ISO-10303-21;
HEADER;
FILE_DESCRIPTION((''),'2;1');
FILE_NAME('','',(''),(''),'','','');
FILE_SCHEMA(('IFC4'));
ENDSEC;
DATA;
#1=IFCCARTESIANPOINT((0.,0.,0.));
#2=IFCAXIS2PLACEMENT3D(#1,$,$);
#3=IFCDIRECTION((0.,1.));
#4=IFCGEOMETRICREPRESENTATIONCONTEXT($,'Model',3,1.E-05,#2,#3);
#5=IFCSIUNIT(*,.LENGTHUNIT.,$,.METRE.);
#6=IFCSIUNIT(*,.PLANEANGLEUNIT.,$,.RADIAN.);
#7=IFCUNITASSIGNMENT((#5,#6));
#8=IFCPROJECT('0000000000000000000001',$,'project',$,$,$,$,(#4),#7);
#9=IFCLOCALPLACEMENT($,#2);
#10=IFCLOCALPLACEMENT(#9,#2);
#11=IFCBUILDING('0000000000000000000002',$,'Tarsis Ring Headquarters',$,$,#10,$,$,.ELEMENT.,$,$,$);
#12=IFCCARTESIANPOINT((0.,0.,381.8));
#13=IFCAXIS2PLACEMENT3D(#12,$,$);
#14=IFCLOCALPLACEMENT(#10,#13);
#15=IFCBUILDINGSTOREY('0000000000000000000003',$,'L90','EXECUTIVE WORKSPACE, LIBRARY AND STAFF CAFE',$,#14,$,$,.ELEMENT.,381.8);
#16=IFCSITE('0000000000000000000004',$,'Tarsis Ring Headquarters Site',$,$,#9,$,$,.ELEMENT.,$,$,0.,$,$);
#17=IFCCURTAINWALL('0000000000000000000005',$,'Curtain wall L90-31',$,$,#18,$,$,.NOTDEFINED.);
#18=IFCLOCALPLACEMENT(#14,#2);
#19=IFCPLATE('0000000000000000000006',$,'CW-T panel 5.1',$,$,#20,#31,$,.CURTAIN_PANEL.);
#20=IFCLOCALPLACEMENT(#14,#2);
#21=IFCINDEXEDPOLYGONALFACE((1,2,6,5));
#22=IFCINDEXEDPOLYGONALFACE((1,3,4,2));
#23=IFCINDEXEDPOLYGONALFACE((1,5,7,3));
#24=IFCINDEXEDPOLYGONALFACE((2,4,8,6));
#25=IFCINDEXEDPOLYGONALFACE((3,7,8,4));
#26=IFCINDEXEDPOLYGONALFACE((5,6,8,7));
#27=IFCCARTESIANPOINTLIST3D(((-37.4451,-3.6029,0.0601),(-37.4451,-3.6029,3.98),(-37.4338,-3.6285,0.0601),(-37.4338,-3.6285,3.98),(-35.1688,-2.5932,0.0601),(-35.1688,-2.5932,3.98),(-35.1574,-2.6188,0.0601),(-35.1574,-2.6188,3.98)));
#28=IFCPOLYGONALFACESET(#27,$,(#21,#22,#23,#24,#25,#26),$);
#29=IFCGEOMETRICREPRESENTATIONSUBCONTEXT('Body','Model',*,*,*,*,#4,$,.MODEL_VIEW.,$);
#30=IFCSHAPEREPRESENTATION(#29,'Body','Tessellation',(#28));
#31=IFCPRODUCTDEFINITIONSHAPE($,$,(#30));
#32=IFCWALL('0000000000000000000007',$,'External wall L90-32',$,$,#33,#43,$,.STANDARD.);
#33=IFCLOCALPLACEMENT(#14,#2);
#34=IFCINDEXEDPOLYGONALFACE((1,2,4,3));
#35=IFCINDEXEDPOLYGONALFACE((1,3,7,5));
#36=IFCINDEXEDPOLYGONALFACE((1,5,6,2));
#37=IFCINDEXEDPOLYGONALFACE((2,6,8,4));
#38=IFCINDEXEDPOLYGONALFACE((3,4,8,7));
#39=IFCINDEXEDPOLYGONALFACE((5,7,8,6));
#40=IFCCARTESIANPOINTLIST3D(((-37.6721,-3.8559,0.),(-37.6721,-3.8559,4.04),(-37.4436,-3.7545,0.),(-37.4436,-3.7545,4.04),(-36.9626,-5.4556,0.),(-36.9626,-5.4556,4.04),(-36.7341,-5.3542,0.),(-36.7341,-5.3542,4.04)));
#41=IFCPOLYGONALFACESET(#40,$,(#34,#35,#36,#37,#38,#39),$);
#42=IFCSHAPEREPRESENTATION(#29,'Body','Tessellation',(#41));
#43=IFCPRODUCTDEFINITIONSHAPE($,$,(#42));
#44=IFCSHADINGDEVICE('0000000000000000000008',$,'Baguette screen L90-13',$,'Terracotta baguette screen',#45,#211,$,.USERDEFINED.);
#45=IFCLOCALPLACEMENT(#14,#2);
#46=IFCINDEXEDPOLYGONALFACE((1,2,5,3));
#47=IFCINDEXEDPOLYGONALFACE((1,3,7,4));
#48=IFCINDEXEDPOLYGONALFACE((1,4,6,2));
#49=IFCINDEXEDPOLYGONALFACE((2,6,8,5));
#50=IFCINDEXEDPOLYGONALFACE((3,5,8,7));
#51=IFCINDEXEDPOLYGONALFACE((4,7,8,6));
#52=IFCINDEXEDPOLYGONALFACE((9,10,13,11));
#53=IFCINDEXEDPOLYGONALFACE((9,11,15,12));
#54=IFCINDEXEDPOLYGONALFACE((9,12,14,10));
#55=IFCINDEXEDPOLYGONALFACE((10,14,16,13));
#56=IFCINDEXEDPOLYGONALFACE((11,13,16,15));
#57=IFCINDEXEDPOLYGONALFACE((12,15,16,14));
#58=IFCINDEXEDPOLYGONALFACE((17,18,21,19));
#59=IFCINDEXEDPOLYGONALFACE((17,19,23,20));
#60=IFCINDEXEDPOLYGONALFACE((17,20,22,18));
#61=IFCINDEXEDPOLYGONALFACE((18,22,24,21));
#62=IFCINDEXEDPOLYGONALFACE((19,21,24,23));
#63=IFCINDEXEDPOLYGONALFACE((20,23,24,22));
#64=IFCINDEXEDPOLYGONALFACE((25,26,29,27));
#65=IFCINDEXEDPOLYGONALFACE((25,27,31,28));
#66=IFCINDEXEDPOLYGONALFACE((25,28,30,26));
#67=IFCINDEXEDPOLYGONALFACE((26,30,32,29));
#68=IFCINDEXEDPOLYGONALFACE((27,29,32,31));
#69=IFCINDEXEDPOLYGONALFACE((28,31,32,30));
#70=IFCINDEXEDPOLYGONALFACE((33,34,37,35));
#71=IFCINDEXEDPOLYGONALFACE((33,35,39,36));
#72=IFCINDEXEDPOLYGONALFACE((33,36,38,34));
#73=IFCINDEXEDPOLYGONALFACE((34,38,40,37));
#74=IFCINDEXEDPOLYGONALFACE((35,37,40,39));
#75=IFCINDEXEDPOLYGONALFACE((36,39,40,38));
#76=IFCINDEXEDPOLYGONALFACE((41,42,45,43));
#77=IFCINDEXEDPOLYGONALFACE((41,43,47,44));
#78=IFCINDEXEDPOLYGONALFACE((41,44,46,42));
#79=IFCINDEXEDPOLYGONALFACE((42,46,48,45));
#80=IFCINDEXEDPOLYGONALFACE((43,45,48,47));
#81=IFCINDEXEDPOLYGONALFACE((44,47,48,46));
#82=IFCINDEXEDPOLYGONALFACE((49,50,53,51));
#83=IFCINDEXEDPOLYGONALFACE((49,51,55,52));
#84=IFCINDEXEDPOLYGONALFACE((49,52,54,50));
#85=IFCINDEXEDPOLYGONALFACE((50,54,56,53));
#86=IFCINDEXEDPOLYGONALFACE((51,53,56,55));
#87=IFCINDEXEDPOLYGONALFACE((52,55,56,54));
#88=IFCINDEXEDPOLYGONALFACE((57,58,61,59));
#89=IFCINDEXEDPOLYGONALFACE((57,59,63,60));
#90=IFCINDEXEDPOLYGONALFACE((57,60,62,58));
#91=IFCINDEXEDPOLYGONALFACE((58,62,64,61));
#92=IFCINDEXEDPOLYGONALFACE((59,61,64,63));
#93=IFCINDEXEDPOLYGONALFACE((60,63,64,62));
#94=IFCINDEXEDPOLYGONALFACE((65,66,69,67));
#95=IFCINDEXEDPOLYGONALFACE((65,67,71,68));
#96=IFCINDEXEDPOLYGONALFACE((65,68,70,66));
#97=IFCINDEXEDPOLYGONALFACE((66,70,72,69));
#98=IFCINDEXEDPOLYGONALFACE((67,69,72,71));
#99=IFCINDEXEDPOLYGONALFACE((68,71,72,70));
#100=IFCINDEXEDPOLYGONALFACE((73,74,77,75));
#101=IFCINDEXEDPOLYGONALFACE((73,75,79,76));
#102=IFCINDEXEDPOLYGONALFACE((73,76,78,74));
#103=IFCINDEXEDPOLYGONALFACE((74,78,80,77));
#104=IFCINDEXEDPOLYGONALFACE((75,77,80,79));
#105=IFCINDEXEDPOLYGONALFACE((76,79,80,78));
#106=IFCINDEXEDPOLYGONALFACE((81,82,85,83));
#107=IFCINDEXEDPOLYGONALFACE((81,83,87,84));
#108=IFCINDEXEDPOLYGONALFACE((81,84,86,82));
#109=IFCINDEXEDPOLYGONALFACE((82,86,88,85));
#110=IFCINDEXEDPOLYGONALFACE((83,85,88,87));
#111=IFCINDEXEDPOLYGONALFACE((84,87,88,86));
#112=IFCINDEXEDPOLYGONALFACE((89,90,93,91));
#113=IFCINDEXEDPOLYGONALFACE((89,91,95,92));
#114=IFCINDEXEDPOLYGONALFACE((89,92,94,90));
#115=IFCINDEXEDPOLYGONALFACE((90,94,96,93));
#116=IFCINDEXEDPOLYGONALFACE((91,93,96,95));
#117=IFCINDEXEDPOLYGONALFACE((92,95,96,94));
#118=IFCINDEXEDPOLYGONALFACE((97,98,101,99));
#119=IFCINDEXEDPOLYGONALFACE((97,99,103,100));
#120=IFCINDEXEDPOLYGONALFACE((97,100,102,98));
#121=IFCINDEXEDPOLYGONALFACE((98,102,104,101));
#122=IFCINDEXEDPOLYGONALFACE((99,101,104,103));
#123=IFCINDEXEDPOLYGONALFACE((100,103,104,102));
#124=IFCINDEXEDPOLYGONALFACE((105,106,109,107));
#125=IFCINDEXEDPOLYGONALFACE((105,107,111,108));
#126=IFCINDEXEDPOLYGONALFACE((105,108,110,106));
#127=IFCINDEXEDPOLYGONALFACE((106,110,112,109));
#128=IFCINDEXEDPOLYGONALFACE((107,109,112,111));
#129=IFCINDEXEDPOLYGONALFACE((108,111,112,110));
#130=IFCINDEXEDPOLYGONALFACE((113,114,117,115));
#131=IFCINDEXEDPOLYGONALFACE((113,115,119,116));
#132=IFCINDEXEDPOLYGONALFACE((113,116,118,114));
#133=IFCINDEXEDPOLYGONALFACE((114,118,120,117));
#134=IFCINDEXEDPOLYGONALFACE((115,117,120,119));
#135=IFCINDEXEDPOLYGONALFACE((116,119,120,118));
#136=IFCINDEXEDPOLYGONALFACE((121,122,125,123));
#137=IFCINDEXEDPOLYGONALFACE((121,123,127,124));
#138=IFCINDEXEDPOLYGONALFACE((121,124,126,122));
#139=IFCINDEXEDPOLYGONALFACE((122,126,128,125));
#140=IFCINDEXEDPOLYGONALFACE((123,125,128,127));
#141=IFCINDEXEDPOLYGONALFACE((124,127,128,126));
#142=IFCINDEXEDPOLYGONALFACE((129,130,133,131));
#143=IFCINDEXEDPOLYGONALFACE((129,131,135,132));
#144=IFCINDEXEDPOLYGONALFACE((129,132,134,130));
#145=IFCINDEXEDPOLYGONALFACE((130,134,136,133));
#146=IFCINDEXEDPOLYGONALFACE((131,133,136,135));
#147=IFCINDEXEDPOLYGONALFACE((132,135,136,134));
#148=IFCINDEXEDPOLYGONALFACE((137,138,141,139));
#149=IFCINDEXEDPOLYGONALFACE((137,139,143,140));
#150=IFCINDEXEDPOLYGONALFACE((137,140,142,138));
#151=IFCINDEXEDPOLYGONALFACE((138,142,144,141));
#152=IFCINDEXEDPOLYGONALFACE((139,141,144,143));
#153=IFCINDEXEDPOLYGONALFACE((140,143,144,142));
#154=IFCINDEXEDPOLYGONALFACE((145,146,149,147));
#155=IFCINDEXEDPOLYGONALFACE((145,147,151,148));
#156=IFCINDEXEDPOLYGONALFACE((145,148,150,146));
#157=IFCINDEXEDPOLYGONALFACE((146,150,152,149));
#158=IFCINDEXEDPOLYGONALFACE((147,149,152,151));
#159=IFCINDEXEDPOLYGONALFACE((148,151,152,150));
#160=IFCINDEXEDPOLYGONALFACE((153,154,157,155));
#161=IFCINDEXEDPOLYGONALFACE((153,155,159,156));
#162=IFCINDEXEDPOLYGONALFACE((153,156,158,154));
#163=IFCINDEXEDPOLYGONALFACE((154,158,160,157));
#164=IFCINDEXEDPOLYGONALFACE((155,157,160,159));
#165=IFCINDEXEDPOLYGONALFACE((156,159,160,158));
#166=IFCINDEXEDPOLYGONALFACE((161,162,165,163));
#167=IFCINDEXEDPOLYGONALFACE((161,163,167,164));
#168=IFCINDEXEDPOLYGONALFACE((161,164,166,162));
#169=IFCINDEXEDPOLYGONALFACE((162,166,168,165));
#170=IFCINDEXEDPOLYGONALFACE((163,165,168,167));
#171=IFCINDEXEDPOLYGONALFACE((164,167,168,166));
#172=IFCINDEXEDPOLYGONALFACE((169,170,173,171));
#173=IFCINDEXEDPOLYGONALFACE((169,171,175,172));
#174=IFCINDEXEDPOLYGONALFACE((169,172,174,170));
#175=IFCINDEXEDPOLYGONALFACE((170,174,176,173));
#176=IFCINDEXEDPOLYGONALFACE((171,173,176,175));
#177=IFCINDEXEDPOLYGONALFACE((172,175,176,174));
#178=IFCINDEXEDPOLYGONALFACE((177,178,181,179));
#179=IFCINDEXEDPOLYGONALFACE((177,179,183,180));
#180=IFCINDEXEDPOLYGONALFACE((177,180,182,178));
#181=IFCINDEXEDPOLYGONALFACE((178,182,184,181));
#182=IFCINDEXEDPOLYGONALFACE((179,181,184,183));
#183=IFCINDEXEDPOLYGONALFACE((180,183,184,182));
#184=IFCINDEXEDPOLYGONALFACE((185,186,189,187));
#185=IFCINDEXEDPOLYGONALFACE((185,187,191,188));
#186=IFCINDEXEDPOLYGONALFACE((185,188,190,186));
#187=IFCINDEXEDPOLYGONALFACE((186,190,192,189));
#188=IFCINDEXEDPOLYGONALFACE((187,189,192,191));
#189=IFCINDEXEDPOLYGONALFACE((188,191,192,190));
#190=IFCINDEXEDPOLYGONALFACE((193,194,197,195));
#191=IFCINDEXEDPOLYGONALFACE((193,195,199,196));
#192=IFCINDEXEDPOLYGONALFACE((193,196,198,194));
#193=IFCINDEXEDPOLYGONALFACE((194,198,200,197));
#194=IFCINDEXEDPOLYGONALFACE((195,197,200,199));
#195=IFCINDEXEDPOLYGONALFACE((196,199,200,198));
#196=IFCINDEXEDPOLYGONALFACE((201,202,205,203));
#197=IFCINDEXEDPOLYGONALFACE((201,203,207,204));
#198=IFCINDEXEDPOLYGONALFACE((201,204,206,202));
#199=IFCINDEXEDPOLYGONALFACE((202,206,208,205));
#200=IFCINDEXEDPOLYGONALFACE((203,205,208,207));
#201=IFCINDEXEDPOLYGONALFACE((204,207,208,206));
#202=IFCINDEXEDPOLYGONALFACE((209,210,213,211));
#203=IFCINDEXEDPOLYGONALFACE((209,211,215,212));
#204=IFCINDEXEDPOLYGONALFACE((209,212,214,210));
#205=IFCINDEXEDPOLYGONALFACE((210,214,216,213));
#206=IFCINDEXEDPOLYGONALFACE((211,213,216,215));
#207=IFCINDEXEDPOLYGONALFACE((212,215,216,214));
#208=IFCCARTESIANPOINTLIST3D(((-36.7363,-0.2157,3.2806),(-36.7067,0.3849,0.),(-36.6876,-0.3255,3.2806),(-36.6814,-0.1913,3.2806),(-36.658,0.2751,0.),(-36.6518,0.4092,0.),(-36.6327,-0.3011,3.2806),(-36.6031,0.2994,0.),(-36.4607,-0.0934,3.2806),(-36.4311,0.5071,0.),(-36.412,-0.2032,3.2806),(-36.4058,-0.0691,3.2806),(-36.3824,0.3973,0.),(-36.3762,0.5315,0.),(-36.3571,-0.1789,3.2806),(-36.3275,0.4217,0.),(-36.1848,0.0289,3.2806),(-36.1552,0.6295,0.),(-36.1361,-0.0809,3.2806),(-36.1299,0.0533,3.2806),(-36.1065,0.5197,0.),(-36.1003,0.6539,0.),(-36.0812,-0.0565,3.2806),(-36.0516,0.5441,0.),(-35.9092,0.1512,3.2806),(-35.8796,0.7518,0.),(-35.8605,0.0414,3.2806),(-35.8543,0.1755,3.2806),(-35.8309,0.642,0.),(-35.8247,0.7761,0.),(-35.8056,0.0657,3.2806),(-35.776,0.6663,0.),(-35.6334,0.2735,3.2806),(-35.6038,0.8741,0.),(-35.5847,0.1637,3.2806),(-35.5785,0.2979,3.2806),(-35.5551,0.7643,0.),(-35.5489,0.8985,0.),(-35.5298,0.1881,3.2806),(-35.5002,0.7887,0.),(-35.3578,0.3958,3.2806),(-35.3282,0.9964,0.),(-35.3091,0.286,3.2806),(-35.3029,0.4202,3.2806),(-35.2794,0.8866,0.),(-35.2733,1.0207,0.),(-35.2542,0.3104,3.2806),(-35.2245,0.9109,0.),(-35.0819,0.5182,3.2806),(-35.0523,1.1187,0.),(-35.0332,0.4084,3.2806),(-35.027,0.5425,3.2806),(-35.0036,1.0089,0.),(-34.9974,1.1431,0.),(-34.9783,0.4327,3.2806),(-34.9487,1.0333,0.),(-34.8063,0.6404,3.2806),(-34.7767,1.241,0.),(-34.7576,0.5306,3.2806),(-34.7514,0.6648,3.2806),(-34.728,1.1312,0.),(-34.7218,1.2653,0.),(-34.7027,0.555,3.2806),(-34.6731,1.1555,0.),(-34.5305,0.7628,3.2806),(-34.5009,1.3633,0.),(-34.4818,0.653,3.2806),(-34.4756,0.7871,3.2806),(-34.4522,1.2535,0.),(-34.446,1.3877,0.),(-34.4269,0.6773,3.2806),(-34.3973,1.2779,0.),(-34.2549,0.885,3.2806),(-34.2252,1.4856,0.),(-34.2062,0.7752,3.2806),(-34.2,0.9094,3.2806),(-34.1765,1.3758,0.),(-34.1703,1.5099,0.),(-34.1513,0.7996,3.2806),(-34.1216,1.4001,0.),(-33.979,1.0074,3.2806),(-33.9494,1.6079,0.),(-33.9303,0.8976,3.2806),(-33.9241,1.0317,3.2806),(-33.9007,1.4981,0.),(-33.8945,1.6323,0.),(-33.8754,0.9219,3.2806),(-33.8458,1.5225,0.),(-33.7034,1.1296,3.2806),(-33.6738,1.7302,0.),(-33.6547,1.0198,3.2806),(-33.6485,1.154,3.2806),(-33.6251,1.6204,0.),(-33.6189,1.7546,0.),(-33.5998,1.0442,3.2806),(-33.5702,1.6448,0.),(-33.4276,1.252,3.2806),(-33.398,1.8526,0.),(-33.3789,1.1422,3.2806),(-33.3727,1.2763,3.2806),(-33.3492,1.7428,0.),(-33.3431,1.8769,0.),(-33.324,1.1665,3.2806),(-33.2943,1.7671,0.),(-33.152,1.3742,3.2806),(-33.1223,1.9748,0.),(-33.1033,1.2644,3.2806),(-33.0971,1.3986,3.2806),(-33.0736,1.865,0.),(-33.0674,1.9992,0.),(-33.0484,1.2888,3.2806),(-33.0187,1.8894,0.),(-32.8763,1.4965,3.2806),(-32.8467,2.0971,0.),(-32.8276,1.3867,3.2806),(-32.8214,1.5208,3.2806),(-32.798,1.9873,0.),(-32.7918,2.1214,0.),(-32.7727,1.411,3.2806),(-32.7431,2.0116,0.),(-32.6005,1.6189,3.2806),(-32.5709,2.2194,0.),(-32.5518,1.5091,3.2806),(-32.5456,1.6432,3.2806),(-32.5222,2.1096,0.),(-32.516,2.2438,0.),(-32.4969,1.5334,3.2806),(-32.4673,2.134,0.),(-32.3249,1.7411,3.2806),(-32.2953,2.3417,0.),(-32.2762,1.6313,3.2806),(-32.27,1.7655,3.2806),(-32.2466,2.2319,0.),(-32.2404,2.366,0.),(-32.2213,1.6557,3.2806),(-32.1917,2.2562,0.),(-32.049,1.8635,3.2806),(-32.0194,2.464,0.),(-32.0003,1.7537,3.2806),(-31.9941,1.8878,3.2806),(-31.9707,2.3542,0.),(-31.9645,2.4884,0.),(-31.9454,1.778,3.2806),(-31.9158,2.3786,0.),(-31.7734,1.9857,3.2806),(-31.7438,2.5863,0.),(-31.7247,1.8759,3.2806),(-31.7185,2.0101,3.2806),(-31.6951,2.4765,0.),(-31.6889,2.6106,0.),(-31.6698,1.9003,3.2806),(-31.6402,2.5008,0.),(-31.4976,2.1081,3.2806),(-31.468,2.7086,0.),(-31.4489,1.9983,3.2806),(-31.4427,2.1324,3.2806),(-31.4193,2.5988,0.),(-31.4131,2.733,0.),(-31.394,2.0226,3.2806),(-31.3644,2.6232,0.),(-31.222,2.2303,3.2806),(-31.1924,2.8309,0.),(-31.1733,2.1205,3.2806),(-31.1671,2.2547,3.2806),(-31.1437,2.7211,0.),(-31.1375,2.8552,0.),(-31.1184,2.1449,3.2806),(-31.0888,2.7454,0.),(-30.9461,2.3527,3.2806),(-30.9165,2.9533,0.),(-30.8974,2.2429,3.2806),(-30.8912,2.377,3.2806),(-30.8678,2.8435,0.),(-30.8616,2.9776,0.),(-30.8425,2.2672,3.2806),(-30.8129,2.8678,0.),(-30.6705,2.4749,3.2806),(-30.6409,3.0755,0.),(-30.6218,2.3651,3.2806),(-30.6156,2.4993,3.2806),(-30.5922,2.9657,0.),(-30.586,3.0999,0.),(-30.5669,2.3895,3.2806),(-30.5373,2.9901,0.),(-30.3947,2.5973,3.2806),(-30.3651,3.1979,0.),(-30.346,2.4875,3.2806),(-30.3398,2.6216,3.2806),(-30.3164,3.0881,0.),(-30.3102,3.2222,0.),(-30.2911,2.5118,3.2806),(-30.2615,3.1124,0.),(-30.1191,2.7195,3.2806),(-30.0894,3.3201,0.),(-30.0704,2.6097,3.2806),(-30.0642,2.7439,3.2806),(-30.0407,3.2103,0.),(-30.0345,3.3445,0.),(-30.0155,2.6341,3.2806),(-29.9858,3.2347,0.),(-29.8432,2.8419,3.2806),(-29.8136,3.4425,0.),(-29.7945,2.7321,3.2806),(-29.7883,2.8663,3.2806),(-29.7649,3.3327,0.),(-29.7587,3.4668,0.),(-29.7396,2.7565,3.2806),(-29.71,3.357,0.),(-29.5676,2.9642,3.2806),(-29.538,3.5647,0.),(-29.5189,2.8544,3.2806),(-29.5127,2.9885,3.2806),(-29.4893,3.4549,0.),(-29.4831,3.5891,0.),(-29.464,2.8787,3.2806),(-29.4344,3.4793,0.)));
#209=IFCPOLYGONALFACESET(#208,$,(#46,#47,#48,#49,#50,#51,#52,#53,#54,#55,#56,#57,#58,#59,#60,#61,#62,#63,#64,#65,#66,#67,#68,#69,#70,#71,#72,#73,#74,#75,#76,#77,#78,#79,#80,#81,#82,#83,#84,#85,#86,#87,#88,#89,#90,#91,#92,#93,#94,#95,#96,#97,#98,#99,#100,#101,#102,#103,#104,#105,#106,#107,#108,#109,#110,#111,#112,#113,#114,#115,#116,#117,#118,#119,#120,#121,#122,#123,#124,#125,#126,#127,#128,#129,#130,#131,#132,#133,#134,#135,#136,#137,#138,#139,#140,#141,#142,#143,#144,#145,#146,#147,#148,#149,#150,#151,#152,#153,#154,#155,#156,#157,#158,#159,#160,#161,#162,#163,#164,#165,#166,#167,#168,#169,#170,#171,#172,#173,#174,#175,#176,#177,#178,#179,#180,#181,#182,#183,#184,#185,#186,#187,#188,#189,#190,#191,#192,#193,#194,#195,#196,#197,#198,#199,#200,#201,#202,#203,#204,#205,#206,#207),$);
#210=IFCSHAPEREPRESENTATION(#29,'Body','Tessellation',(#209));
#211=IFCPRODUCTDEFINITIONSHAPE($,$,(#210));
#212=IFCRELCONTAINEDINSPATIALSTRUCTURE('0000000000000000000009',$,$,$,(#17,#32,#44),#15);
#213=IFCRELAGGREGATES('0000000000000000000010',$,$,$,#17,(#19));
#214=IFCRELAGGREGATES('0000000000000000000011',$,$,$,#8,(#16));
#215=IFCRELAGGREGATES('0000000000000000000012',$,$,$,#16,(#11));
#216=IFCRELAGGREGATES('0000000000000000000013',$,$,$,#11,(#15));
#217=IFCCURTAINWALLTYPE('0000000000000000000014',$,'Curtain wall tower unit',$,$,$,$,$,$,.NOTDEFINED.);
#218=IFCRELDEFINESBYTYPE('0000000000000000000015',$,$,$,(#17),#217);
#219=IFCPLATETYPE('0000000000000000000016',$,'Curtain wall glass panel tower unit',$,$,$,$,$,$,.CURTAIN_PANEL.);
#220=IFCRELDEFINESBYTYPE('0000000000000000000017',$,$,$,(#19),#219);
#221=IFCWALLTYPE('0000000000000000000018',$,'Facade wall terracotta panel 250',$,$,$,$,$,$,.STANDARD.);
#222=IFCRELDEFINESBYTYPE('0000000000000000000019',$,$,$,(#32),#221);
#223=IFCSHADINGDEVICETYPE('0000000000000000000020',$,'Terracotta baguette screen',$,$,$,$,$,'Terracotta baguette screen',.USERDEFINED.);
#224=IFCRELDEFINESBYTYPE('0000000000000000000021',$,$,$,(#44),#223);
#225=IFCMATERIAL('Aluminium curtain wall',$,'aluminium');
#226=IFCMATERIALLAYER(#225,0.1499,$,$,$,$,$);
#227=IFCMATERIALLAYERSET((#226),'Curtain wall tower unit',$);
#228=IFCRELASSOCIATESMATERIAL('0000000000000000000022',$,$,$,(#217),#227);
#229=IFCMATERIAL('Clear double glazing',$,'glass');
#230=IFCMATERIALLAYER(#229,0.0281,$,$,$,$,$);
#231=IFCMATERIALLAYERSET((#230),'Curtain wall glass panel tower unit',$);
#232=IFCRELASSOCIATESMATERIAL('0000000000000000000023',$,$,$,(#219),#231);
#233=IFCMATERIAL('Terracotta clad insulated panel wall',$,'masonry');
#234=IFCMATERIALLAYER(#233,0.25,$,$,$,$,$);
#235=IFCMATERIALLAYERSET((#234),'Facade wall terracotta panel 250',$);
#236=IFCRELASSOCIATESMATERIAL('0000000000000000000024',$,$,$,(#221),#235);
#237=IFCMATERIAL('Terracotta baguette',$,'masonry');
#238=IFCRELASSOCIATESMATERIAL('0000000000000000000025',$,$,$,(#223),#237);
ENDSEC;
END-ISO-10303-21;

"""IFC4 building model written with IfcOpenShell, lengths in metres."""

from ifc_helpers import new_model, si_unit, direction, frame, frame_2d, origin, origin_2d, place, context, subcontext, project, spatial, rectangle, composite_profile, extrude, material, layer, layer_set, type_object, element, aggregate, save


model = new_model("IFC4")

# Units and contexts
model_context = context("Model", 3, precision=1e-05, world=origin(), true_north=direction((0.0, 1.0)))
body_context = subcontext(model_context, "Body", "Model", "MODEL_VIEW")
ifc_project = project(units=[si_unit("LENGTHUNIT", "METRE"), si_unit("PLANEANGLEUNIT", "RADIAN")], contexts=[model_context])

# Site, building, storey
site_placement = place(None, origin())
site = spatial("IfcSite", under=ifc_project, at=site_placement, Name="Tarsis Ring Headquarters Site", CompositionType="ELEMENT", RefElevation=0.0)
building_placement = place(site_placement, origin())
building = spatial("IfcBuilding", under=site, at=building_placement, Name="Tarsis Ring Headquarters", CompositionType="ELEMENT")
storey_placement = place(building_placement, frame((0.0, 0.0, 381.8)))
storey = spatial("IfcBuildingStorey", under=building, at=storey_placement, Name="L90", Description="EXECUTIVE WORKSPACE, LIBRARY AND STAFF CAFE", CompositionType="ELEMENT", Elevation=381.8)

# Curtain wall
ifc_material_1 = material(Name="Aluminium curtain wall", Category="aluminium")
ifc_layer_1 = layer(ifc_material_1, 0.1499)
ifc_layer_set_1 = layer_set([ifc_layer_1], Name="Curtain wall tower unit")
curtain_wall_type = type_object("IfcCurtainWallType", Name="Curtain wall tower unit", PredefinedType="NOTDEFINED", material=ifc_layer_set_1)
curtain_wall_placement = place(storey_placement, origin())
curtain_wall = element("IfcCurtainWall", 1, at=curtain_wall_placement, inside=storey, type_object=curtain_wall_type, Name="Curtain wall L90-31", PredefinedType="NOTDEFINED")

# Plate
ifc_material_2 = material(Name="Clear double glazing", Category="glass")
ifc_layer_2 = layer(ifc_material_2, 0.0281)
ifc_layer_set_2 = layer_set([ifc_layer_2], Name="Curtain wall glass panel tower unit")
plate_type = type_object("IfcPlateType", Name="Curtain wall glass panel tower unit", PredefinedType="CURTAIN_PANEL", material=ifc_layer_set_2)
plate_1_placement = place(storey_placement, frame((-36.3013, -3.1108, 0.0601), z_axis=(0.0, 0.0, 1.0), x_axis=(-0.914112, -0.405461, 0.0)))
plate_1 = element("IfcPlate", 2, at=plate_1_placement, type_object=plate_type, Name="CW-T panel 5.1", PredefinedType="CURTAIN_PANEL", context=body_context, shape_type="SweptSolid", body=[
    extrude(rectangle(XDim=2.4902, YDim=0.0281, at=origin_2d()), origin(), (0.0, 0.0, 1.0), 3.9199),
])
aggregate(curtain_wall, [plate_1])

# Wall
ifc_material_3 = material(Name="Terracotta clad insulated panel wall", Category="masonry")
ifc_layer_3 = layer(ifc_material_3, 0.25)
ifc_layer_set_3 = layer_set([ifc_layer_3], Name="Facade wall terracotta panel 250")
wall_type = type_object("IfcWallType", Name="Facade wall terracotta panel 250", PredefinedType="STANDARD", material=ifc_layer_set_3)
wall_placement = place(storey_placement, frame((-37.5579, -3.8052, 0.0), z_axis=(0.0, 0.0, 1.0), x_axis=(0.405439, -0.914122, 0.0)))
element("IfcWall", 3, at=wall_placement, inside=storey, type_object=wall_type, Name="External wall L90-32", PredefinedType="STANDARD", context=body_context, shape_type="SweptSolid", body=[
    extrude(rectangle(XDim=1.75, YDim=0.25, at=frame_2d((0.875, 0.0))), origin(), (0.0, 0.0, 1.0), 4.04),
])

# Shading device
ifc_material_4 = material(Name="Terracotta baguette", Category="masonry")
shading_device_type_1 = type_object("IfcShadingDeviceType", Name="Terracotta baguette screen", ElementType="Terracotta baguette screen", PredefinedType="USERDEFINED", material=ifc_material_4)
shading_device_1_placement = place(storey_placement, frame((-29.4587, 3.5342, 0.0), z_axis=(0.0, 0.0, 1.0), x_axis=(-0.91411, -0.405475, 0.0)))
element("IfcShadingDevice", 4, at=shading_device_1_placement, inside=storey, type_object=shading_device_type_1, Name="Baguette screen L90-13", ObjectType="Terracotta baguette screen", PredefinedType="USERDEFINED", context=body_context, shape_type="SweptSolid", body=[
    extrude(composite_profile([rectangle(XDim=0.0601, YDim=0.1201, at=frame_2d((0.03, 0.0))), rectangle(XDim=0.0601, YDim=0.1201, at=frame_2d((0.3315, 0.0))), rectangle(XDim=0.0601, YDim=0.1201, at=frame_2d((0.6333, 0.0))), rectangle(XDim=0.0601, YDim=0.1201, at=frame_2d((0.9348, 0.0))), rectangle(XDim=0.0601, YDim=0.1201, at=frame_2d((1.2366, 0.0))), rectangle(XDim=0.0601, YDim=0.1201, at=frame_2d((1.5381, 0.0))), rectangle(XDim=0.0601, YDim=0.1201, at=frame_2d((1.8398, 0.0))), rectangle(XDim=0.0601, YDim=0.1201, at=frame_2d((2.1414, 0.0))), rectangle(XDim=0.0601, YDim=0.1201, at=frame_2d((2.4431, 0.0))), rectangle(XDim=0.0601, YDim=0.1201, at=frame_2d((2.7446, 0.0))), rectangle(XDim=0.0601, YDim=0.1201, at=frame_2d((3.0464, 0.0))), rectangle(XDim=0.0601, YDim=0.1201, at=frame_2d((3.3479, 0.0))), rectangle(XDim=0.0601, YDim=0.1201, at=frame_2d((3.6497, 0.0))), rectangle(XDim=0.0601, YDim=0.1201, at=frame_2d((3.9512, 0.0))), rectangle(XDim=0.0601, YDim=0.1201, at=frame_2d((4.2527, 0.0))), rectangle(XDim=0.0601, YDim=0.1201, at=frame_2d((4.5544, 0.0))), rectangle(XDim=0.0601, YDim=0.1201, at=frame_2d((4.856, 0.0))), rectangle(XDim=0.0601, YDim=0.1201, at=frame_2d((5.1577, 0.0))), rectangle(XDim=0.0601, YDim=0.1201, at=frame_2d((5.4592, 0.0))), rectangle(XDim=0.0601, YDim=0.1201, at=frame_2d((5.761, 0.0))), rectangle(XDim=0.0601, YDim=0.1201, at=frame_2d((6.0625, 0.0))), rectangle(XDim=0.0601, YDim=0.1201, at=frame_2d((6.3643, 0.0))), rectangle(XDim=0.0601, YDim=0.1201, at=frame_2d((6.6658, 0.0))), rectangle(XDim=0.0601, YDim=0.1201, at=frame_2d((6.9675, 0.0))), rectangle(XDim=0.0601, YDim=0.1201, at=frame_2d((7.269, 0.0))), rectangle(XDim=0.0601, YDim=0.1201, at=frame_2d((7.5708, 0.0))), rectangle(XDim=0.0601, YDim=0.1201, at=frame_2d((7.8723, 0.0)))]), origin(), (0.081132, 0.161001, 0.983614), 3.3352),
])

save(model, "model.ifc")
